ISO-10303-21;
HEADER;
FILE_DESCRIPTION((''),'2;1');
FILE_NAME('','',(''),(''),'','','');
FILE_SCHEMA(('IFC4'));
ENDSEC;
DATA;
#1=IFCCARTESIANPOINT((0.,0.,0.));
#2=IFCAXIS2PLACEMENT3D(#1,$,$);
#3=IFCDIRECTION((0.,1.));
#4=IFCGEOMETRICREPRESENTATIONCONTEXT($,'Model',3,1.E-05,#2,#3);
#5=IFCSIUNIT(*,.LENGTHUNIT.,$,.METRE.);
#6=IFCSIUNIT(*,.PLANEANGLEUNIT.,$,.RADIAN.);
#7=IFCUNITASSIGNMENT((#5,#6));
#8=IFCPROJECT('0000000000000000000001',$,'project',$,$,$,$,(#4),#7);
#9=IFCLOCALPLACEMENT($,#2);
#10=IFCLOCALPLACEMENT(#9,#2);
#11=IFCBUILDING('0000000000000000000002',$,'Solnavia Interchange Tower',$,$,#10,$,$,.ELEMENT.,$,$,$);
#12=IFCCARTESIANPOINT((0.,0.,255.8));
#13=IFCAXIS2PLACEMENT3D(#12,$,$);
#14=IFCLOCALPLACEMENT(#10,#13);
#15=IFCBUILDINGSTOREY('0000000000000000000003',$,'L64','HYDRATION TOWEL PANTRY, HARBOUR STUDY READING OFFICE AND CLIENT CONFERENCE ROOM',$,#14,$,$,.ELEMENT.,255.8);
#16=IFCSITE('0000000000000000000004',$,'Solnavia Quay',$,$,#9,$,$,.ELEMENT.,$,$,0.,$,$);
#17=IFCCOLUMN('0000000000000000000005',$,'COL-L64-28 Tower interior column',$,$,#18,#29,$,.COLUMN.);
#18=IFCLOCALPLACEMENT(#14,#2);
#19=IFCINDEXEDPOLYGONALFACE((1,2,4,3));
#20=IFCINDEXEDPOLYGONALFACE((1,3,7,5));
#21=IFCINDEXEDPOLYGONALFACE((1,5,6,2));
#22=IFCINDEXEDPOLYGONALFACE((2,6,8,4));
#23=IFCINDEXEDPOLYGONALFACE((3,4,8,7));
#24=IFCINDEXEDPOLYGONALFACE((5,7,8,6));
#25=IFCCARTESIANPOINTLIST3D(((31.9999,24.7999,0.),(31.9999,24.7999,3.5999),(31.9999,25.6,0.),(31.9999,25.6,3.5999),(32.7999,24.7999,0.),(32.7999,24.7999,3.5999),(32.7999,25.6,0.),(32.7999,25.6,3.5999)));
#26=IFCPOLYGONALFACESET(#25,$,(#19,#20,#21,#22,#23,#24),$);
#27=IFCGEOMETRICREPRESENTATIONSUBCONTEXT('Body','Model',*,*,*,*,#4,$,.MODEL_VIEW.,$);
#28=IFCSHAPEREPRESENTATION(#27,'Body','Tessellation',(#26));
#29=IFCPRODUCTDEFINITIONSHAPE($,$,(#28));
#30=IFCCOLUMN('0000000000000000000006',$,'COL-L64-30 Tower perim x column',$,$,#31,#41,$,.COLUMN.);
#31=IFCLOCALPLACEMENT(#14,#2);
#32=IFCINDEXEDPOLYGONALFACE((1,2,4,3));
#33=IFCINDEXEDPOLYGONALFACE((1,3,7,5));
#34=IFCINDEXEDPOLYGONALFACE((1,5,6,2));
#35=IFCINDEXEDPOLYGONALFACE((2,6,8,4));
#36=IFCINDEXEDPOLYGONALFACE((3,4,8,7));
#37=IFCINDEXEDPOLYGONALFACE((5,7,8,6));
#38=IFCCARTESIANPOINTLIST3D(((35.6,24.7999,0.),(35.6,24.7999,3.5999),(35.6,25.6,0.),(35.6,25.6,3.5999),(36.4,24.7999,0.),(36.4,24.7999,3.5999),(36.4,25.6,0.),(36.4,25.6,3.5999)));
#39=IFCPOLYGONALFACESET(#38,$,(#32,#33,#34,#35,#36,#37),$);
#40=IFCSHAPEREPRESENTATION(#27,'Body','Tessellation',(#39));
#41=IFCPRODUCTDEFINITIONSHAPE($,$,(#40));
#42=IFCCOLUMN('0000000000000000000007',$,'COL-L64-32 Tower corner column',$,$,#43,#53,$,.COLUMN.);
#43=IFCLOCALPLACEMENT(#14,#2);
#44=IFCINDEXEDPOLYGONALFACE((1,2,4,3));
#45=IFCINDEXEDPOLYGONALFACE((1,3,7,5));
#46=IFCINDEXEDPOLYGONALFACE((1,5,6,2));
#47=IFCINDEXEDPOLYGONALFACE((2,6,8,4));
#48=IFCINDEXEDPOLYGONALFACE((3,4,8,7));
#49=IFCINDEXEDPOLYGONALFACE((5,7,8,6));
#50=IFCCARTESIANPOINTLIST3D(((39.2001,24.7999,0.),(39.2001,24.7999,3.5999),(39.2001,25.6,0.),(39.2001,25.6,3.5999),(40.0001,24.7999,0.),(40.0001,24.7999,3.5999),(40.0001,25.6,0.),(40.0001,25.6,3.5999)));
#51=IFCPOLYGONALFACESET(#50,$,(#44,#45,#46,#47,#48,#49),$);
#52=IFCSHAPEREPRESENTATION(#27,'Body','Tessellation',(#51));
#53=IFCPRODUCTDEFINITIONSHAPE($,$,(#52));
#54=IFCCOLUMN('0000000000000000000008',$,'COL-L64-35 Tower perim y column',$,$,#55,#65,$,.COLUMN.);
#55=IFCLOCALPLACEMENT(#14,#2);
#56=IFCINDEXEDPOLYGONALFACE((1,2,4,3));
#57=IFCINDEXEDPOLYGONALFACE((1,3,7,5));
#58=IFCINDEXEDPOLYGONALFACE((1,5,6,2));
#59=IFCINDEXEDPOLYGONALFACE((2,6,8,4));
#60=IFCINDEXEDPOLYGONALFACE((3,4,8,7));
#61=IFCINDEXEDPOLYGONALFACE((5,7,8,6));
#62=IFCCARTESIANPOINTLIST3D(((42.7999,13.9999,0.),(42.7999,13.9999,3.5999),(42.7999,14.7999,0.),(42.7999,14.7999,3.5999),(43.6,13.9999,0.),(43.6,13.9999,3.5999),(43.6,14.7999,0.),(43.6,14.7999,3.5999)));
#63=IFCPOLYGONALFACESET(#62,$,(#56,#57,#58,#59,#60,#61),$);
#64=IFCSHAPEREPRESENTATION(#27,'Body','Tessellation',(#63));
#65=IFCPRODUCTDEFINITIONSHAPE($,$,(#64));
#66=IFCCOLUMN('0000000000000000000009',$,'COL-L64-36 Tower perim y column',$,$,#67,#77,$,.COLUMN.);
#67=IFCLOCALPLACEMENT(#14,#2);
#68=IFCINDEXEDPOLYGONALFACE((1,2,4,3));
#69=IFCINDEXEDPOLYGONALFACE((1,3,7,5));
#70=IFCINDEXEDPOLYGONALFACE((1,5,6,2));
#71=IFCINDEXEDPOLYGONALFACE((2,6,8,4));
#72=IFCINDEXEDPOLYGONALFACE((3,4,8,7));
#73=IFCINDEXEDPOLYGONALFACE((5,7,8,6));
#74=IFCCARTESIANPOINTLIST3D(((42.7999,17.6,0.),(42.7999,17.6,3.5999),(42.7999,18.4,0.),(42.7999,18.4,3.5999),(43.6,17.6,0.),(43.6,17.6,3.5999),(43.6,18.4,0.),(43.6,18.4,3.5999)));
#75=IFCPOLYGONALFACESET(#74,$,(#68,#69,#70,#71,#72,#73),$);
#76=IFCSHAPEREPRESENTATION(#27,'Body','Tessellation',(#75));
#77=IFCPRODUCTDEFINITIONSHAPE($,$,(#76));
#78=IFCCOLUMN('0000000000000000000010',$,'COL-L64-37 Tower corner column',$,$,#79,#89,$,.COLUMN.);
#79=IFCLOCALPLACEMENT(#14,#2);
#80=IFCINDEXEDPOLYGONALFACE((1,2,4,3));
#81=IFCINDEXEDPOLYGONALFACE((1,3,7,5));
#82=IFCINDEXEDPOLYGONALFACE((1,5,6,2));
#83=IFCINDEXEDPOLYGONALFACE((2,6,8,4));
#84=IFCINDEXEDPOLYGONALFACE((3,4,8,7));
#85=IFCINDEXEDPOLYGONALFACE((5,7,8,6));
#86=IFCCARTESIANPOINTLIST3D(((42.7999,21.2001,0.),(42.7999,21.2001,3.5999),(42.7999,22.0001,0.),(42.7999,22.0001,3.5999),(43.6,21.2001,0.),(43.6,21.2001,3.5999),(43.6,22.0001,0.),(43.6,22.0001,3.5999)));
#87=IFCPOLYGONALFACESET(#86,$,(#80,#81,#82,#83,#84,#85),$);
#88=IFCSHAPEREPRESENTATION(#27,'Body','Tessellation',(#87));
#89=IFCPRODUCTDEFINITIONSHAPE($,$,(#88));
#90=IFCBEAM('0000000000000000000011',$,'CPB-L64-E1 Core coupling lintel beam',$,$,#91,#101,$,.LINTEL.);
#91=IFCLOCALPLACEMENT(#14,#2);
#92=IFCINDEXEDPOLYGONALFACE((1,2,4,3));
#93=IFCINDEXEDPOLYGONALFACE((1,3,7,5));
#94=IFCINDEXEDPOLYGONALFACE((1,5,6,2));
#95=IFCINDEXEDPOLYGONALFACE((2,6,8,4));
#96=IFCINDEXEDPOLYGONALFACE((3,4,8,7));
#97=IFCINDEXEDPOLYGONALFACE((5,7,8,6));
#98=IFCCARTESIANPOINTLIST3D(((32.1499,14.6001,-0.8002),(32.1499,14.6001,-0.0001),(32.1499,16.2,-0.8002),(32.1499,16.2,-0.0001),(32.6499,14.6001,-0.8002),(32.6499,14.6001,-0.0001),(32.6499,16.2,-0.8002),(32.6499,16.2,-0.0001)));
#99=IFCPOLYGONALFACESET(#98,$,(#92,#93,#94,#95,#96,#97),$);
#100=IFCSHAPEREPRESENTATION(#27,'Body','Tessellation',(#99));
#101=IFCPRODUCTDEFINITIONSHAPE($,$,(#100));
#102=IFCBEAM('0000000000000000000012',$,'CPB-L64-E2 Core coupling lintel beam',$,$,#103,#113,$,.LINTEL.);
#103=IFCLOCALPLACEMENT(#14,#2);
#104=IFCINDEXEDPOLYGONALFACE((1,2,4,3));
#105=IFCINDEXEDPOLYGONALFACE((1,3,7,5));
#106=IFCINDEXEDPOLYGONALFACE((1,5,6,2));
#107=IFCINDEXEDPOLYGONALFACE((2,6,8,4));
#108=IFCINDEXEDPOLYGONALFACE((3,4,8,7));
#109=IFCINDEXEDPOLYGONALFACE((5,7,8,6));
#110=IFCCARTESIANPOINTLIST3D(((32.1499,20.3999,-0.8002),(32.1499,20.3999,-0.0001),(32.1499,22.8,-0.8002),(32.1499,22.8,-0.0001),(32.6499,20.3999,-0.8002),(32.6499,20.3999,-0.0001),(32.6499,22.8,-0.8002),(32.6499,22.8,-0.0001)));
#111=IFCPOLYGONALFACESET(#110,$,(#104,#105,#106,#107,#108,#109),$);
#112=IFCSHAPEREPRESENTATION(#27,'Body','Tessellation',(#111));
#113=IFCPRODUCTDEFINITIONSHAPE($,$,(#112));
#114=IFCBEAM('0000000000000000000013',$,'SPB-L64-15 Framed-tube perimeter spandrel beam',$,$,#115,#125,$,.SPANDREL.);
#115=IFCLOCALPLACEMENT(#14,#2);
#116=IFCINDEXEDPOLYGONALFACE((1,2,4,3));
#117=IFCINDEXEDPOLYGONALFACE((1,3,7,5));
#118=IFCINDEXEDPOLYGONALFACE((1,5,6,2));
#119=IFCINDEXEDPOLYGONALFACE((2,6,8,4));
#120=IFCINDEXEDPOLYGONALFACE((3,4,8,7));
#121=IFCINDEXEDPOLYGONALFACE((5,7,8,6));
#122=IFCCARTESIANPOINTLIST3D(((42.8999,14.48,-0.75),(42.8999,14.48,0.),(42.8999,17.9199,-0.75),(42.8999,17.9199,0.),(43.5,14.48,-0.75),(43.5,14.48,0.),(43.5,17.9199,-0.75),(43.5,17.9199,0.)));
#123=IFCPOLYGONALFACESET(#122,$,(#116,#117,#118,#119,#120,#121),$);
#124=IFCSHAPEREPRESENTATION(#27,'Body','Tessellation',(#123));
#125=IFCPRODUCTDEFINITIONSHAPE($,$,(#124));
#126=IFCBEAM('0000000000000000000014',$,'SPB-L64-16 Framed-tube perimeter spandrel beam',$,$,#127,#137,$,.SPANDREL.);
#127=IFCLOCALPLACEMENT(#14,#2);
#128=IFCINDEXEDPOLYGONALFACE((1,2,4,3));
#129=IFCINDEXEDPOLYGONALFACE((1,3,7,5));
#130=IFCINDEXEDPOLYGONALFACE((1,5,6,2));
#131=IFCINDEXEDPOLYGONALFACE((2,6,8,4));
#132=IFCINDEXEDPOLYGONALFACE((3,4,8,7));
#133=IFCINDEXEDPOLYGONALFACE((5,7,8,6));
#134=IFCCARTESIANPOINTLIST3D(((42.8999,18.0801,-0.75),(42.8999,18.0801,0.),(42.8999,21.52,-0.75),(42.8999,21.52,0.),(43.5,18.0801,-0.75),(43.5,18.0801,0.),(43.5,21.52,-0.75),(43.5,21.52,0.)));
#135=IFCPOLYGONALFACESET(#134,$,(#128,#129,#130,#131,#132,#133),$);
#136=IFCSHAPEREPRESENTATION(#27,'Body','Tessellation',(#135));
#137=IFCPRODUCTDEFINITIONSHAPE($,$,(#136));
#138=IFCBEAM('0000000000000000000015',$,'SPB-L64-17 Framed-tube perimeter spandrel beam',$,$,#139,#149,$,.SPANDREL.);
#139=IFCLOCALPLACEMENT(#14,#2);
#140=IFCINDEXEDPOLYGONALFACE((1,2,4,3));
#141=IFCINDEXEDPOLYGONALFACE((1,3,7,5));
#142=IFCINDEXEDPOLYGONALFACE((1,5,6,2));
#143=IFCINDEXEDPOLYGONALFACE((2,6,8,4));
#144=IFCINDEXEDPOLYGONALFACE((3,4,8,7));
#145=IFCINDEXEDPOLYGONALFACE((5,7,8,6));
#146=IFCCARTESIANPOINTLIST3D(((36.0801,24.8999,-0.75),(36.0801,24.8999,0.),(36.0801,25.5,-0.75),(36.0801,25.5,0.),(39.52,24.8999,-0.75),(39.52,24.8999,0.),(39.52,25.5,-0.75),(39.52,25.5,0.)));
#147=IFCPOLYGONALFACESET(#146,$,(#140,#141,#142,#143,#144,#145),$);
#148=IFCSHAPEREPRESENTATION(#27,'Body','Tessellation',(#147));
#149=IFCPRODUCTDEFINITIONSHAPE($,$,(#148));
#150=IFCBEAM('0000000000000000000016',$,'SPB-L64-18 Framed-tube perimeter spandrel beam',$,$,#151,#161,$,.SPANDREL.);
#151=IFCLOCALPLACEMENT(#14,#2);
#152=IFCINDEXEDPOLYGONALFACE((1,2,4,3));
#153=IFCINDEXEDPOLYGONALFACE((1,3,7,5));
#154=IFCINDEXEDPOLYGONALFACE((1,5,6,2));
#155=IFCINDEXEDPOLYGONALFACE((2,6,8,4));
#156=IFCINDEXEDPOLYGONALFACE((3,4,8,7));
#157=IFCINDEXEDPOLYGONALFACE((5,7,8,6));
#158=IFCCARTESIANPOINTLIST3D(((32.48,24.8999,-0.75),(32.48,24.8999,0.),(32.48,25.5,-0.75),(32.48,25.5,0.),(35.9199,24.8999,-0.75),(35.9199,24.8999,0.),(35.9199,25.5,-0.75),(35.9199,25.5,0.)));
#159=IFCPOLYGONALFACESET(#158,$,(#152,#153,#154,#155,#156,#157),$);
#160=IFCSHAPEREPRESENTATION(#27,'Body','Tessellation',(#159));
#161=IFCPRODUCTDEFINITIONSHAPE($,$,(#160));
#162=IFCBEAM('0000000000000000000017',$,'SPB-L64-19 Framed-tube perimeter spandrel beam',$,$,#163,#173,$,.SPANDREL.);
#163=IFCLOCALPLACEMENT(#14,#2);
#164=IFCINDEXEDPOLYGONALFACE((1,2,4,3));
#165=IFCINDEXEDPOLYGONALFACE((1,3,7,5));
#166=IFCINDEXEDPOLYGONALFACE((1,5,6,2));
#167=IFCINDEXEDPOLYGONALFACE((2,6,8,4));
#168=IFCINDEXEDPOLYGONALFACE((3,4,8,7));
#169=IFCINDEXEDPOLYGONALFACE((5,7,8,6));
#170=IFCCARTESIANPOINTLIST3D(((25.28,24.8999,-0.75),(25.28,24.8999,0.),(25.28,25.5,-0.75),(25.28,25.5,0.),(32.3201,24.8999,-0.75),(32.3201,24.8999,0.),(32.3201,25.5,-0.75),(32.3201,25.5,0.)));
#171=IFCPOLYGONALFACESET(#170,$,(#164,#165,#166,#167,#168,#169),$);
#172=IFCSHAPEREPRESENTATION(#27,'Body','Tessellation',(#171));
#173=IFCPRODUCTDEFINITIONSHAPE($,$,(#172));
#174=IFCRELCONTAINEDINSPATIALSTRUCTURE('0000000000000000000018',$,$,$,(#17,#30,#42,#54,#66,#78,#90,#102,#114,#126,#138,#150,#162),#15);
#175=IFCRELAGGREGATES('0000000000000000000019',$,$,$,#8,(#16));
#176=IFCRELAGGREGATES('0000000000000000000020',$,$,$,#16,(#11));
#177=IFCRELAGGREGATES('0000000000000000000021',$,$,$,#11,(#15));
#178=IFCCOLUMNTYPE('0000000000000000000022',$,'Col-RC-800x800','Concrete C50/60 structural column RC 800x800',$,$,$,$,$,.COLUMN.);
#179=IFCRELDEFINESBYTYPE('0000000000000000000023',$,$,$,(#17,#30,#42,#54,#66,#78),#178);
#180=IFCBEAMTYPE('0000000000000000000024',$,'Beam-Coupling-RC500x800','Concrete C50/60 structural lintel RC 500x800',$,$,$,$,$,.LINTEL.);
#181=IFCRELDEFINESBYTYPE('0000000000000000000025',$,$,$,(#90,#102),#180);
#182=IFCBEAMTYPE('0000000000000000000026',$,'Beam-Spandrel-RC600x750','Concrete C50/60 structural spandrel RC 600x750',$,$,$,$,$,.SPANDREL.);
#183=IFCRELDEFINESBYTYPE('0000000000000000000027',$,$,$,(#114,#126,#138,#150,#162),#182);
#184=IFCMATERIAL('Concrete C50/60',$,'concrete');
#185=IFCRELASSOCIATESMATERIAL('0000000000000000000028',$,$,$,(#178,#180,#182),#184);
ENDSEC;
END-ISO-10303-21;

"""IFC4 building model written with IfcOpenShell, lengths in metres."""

from ifc_helpers import new_model, si_unit, direction, frame, origin, origin_2d, place, context, subcontext, project, spatial, rectangle, extrude, material, material_profile, profile_set, type_object, element, save


model = new_model("IFC4")

# Units and contexts
model_context = context("Model", 3, precision=1e-05, world=origin(), true_north=direction((0.0, 1.0)))
body_context = subcontext(model_context, "Body", "Model", "MODEL_VIEW")
ifc_project = project(units=[si_unit("LENGTHUNIT", "METRE"), si_unit("PLANEANGLEUNIT", "RADIAN")], contexts=[model_context])

# Site, building, storey
site_placement = place(None, origin())
site = spatial("IfcSite", under=ifc_project, at=site_placement, Name="Solnavia Quay", CompositionType="ELEMENT", RefElevation=0.0)
building_placement = place(site_placement, origin())
building = spatial("IfcBuilding", under=site, at=building_placement, Name="Solnavia Interchange Tower", CompositionType="ELEMENT")
storey_placement = place(building_placement, frame((0.0, 0.0, 255.8)))
storey = spatial("IfcBuildingStorey", under=building, at=storey_placement, Name="L64", Description="HYDRATION TOWEL PANTRY, HARBOUR STUDY READING OFFICE AND CLIENT CONFERENCE ROOM", CompositionType="ELEMENT", Elevation=255.8)

# Columns
ifc_material_1 = material(Name="Concrete C50/60", Category="concrete")
ifc_material_profile_1 = material_profile(ifc_material_1, rectangle(XDim=0.8, YDim=0.8, at=origin_2d()), Name="RC 800x800")
ifc_profile_set_1 = profile_set([ifc_material_profile_1], Name="Concrete C50/60")
column_type = type_object("IfcColumnType", Name="Col-RC-800x800", Description="Concrete C50/60 structural column RC 800x800", PredefinedType="COLUMN", material=ifc_profile_set_1)
for number, where, z_axis, x_axis, name in (
    (1, (32.3999, 25.2, 0.0), (0.0, 0.0, 1.0), (1.0, 0.0, 0.0), "COL-L64-28 Tower interior column"),
    (2, (36.0, 25.2, 0.0), (0.0, 0.0, 1.0), (1.0, 0.0, 0.0), "COL-L64-30 Tower perim x column"),
    (3, (39.6001, 25.2, 0.0), (0.0, 0.0, 1.0), (1.0, 0.0, 0.0), "COL-L64-32 Tower corner column"),
    (4, (43.2, 14.3999, 0.0), (0.0, 0.0, 1.0), (0.0, 1.0, 0.0), "COL-L64-35 Tower perim y column"),
    (5, (43.2, 18.0, 0.0), (0.0, 0.0, 1.0), (0.0, 1.0, 0.0), "COL-L64-36 Tower perim y column"),
    (6, (43.2, 21.6001, 0.0), (0.0, 0.0, 1.0), (0.0, 1.0, 0.0), "COL-L64-37 Tower corner column"),
):
    element("IfcColumn", number, at=place(storey_placement, frame(where, z_axis=z_axis, x_axis=x_axis)), inside=storey, type_object=column_type, Name=name, PredefinedType="COLUMN", context=body_context, shape_type="SweptSolid", body=[
        extrude(rectangle(XDim=0.8, YDim=0.8, at=origin_2d()), origin(), (0.0, 0.0, 1.0), 3.5999),
    ])

# Beams
ifc_material_profile_2 = material_profile(ifc_material_1, rectangle(XDim=0.5, YDim=0.8, at=origin_2d()), Name="RC 500x800")
ifc_profile_set_2 = profile_set([ifc_material_profile_2], Name="Concrete C50/60")
beam_type_1 = type_object("IfcBeamType", Name="Beam-Coupling-RC500x800", Description="Concrete C50/60 structural lintel RC 500x800", PredefinedType="LINTEL", material=ifc_profile_set_2)
beam_1_placement = place(storey_placement, frame((32.3999, 14.6001, -0.4001), z_axis=(0.0, 1.0, 0.0), x_axis=(-1.0, 0.0, 0.0)))
element("IfcBeam", 7, at=beam_1_placement, inside=storey, type_object=beam_type_1, Name="CPB-L64-E1 Core coupling lintel beam", PredefinedType="LINTEL", context=body_context, shape_type="SweptSolid", body=[
    extrude(rectangle(XDim=0.5, YDim=0.8, at=origin_2d()), origin(), (0.0, 0.0, 1.0), 1.5999),
])
beam_2_placement = place(storey_placement, frame((32.3999, 20.3999, -0.4001), z_axis=(0.0, 1.0, 0.0), x_axis=(-1.0, 0.0, 0.0)))
element("IfcBeam", 8, at=beam_2_placement, inside=storey, type_object=beam_type_1, Name="CPB-L64-E2 Core coupling lintel beam", PredefinedType="LINTEL", context=body_context, shape_type="SweptSolid", body=[
    extrude(rectangle(XDim=0.5, YDim=0.8, at=origin_2d()), origin(), (0.0, 0.0, 1.0), 2.4001),
])
ifc_material_profile_3 = material_profile(ifc_material_1, rectangle(XDim=0.6001, YDim=0.75, at=origin_2d()), Name="RC 600x750")
ifc_profile_set_3 = profile_set([ifc_material_profile_3], Name="Concrete C50/60")
beam_type_2 = type_object("IfcBeamType", Name="Beam-Spandrel-RC600x750", Description="Concrete C50/60 structural spandrel RC 600x750", PredefinedType="SPANDREL", material=ifc_profile_set_3)
for number, where, z_axis, x_axis, name in (
    (9, (43.2, 14.48, -0.375), (0.0, 1.0, 0.0), (-1.0, 0.0, 0.0), "SPB-L64-15 Framed-tube perimeter spandrel beam"),
    (10, (43.2, 18.0801, -0.375), (0.0, 1.0, 0.0), (-1.0, 0.0, 0.0), "SPB-L64-16 Framed-tube perimeter spandrel beam"),
    (11, (39.52, 25.2, -0.375), (-1.0, 0.0, 0.0), (0.0, -1.0, 0.0), "SPB-L64-17 Framed-tube perimeter spandrel beam"),
    (12, (35.9199, 25.2, -0.375), (-1.0, 0.0, 0.0), (0.0, -1.0, 0.0), "SPB-L64-18 Framed-tube perimeter spandrel beam"),
):
    element("IfcBeam", number, at=place(storey_placement, frame(where, z_axis=z_axis, x_axis=x_axis)), inside=storey, type_object=beam_type_2, Name=name, PredefinedType="SPANDREL", context=body_context, shape_type="SweptSolid", body=[
        extrude(rectangle(XDim=0.6001, YDim=0.75, at=origin_2d()), origin(), (0.0, 0.0, 1.0), 3.4399),
    ])
beam_3_placement = place(storey_placement, frame((32.3201, 25.2, -0.375), z_axis=(-1.0, 0.0, 0.0), x_axis=(0.0, -1.0, 0.0)))
element("IfcBeam", 13, at=beam_3_placement, inside=storey, type_object=beam_type_2, Name="SPB-L64-19 Framed-tube perimeter spandrel beam", PredefinedType="SPANDREL", context=body_context, shape_type="SweptSolid", body=[
    extrude(rectangle(XDim=0.6001, YDim=0.75, at=origin_2d()), origin(), (0.0, 0.0, 1.0), 7.04),
])

save(model, "model.ifc")
